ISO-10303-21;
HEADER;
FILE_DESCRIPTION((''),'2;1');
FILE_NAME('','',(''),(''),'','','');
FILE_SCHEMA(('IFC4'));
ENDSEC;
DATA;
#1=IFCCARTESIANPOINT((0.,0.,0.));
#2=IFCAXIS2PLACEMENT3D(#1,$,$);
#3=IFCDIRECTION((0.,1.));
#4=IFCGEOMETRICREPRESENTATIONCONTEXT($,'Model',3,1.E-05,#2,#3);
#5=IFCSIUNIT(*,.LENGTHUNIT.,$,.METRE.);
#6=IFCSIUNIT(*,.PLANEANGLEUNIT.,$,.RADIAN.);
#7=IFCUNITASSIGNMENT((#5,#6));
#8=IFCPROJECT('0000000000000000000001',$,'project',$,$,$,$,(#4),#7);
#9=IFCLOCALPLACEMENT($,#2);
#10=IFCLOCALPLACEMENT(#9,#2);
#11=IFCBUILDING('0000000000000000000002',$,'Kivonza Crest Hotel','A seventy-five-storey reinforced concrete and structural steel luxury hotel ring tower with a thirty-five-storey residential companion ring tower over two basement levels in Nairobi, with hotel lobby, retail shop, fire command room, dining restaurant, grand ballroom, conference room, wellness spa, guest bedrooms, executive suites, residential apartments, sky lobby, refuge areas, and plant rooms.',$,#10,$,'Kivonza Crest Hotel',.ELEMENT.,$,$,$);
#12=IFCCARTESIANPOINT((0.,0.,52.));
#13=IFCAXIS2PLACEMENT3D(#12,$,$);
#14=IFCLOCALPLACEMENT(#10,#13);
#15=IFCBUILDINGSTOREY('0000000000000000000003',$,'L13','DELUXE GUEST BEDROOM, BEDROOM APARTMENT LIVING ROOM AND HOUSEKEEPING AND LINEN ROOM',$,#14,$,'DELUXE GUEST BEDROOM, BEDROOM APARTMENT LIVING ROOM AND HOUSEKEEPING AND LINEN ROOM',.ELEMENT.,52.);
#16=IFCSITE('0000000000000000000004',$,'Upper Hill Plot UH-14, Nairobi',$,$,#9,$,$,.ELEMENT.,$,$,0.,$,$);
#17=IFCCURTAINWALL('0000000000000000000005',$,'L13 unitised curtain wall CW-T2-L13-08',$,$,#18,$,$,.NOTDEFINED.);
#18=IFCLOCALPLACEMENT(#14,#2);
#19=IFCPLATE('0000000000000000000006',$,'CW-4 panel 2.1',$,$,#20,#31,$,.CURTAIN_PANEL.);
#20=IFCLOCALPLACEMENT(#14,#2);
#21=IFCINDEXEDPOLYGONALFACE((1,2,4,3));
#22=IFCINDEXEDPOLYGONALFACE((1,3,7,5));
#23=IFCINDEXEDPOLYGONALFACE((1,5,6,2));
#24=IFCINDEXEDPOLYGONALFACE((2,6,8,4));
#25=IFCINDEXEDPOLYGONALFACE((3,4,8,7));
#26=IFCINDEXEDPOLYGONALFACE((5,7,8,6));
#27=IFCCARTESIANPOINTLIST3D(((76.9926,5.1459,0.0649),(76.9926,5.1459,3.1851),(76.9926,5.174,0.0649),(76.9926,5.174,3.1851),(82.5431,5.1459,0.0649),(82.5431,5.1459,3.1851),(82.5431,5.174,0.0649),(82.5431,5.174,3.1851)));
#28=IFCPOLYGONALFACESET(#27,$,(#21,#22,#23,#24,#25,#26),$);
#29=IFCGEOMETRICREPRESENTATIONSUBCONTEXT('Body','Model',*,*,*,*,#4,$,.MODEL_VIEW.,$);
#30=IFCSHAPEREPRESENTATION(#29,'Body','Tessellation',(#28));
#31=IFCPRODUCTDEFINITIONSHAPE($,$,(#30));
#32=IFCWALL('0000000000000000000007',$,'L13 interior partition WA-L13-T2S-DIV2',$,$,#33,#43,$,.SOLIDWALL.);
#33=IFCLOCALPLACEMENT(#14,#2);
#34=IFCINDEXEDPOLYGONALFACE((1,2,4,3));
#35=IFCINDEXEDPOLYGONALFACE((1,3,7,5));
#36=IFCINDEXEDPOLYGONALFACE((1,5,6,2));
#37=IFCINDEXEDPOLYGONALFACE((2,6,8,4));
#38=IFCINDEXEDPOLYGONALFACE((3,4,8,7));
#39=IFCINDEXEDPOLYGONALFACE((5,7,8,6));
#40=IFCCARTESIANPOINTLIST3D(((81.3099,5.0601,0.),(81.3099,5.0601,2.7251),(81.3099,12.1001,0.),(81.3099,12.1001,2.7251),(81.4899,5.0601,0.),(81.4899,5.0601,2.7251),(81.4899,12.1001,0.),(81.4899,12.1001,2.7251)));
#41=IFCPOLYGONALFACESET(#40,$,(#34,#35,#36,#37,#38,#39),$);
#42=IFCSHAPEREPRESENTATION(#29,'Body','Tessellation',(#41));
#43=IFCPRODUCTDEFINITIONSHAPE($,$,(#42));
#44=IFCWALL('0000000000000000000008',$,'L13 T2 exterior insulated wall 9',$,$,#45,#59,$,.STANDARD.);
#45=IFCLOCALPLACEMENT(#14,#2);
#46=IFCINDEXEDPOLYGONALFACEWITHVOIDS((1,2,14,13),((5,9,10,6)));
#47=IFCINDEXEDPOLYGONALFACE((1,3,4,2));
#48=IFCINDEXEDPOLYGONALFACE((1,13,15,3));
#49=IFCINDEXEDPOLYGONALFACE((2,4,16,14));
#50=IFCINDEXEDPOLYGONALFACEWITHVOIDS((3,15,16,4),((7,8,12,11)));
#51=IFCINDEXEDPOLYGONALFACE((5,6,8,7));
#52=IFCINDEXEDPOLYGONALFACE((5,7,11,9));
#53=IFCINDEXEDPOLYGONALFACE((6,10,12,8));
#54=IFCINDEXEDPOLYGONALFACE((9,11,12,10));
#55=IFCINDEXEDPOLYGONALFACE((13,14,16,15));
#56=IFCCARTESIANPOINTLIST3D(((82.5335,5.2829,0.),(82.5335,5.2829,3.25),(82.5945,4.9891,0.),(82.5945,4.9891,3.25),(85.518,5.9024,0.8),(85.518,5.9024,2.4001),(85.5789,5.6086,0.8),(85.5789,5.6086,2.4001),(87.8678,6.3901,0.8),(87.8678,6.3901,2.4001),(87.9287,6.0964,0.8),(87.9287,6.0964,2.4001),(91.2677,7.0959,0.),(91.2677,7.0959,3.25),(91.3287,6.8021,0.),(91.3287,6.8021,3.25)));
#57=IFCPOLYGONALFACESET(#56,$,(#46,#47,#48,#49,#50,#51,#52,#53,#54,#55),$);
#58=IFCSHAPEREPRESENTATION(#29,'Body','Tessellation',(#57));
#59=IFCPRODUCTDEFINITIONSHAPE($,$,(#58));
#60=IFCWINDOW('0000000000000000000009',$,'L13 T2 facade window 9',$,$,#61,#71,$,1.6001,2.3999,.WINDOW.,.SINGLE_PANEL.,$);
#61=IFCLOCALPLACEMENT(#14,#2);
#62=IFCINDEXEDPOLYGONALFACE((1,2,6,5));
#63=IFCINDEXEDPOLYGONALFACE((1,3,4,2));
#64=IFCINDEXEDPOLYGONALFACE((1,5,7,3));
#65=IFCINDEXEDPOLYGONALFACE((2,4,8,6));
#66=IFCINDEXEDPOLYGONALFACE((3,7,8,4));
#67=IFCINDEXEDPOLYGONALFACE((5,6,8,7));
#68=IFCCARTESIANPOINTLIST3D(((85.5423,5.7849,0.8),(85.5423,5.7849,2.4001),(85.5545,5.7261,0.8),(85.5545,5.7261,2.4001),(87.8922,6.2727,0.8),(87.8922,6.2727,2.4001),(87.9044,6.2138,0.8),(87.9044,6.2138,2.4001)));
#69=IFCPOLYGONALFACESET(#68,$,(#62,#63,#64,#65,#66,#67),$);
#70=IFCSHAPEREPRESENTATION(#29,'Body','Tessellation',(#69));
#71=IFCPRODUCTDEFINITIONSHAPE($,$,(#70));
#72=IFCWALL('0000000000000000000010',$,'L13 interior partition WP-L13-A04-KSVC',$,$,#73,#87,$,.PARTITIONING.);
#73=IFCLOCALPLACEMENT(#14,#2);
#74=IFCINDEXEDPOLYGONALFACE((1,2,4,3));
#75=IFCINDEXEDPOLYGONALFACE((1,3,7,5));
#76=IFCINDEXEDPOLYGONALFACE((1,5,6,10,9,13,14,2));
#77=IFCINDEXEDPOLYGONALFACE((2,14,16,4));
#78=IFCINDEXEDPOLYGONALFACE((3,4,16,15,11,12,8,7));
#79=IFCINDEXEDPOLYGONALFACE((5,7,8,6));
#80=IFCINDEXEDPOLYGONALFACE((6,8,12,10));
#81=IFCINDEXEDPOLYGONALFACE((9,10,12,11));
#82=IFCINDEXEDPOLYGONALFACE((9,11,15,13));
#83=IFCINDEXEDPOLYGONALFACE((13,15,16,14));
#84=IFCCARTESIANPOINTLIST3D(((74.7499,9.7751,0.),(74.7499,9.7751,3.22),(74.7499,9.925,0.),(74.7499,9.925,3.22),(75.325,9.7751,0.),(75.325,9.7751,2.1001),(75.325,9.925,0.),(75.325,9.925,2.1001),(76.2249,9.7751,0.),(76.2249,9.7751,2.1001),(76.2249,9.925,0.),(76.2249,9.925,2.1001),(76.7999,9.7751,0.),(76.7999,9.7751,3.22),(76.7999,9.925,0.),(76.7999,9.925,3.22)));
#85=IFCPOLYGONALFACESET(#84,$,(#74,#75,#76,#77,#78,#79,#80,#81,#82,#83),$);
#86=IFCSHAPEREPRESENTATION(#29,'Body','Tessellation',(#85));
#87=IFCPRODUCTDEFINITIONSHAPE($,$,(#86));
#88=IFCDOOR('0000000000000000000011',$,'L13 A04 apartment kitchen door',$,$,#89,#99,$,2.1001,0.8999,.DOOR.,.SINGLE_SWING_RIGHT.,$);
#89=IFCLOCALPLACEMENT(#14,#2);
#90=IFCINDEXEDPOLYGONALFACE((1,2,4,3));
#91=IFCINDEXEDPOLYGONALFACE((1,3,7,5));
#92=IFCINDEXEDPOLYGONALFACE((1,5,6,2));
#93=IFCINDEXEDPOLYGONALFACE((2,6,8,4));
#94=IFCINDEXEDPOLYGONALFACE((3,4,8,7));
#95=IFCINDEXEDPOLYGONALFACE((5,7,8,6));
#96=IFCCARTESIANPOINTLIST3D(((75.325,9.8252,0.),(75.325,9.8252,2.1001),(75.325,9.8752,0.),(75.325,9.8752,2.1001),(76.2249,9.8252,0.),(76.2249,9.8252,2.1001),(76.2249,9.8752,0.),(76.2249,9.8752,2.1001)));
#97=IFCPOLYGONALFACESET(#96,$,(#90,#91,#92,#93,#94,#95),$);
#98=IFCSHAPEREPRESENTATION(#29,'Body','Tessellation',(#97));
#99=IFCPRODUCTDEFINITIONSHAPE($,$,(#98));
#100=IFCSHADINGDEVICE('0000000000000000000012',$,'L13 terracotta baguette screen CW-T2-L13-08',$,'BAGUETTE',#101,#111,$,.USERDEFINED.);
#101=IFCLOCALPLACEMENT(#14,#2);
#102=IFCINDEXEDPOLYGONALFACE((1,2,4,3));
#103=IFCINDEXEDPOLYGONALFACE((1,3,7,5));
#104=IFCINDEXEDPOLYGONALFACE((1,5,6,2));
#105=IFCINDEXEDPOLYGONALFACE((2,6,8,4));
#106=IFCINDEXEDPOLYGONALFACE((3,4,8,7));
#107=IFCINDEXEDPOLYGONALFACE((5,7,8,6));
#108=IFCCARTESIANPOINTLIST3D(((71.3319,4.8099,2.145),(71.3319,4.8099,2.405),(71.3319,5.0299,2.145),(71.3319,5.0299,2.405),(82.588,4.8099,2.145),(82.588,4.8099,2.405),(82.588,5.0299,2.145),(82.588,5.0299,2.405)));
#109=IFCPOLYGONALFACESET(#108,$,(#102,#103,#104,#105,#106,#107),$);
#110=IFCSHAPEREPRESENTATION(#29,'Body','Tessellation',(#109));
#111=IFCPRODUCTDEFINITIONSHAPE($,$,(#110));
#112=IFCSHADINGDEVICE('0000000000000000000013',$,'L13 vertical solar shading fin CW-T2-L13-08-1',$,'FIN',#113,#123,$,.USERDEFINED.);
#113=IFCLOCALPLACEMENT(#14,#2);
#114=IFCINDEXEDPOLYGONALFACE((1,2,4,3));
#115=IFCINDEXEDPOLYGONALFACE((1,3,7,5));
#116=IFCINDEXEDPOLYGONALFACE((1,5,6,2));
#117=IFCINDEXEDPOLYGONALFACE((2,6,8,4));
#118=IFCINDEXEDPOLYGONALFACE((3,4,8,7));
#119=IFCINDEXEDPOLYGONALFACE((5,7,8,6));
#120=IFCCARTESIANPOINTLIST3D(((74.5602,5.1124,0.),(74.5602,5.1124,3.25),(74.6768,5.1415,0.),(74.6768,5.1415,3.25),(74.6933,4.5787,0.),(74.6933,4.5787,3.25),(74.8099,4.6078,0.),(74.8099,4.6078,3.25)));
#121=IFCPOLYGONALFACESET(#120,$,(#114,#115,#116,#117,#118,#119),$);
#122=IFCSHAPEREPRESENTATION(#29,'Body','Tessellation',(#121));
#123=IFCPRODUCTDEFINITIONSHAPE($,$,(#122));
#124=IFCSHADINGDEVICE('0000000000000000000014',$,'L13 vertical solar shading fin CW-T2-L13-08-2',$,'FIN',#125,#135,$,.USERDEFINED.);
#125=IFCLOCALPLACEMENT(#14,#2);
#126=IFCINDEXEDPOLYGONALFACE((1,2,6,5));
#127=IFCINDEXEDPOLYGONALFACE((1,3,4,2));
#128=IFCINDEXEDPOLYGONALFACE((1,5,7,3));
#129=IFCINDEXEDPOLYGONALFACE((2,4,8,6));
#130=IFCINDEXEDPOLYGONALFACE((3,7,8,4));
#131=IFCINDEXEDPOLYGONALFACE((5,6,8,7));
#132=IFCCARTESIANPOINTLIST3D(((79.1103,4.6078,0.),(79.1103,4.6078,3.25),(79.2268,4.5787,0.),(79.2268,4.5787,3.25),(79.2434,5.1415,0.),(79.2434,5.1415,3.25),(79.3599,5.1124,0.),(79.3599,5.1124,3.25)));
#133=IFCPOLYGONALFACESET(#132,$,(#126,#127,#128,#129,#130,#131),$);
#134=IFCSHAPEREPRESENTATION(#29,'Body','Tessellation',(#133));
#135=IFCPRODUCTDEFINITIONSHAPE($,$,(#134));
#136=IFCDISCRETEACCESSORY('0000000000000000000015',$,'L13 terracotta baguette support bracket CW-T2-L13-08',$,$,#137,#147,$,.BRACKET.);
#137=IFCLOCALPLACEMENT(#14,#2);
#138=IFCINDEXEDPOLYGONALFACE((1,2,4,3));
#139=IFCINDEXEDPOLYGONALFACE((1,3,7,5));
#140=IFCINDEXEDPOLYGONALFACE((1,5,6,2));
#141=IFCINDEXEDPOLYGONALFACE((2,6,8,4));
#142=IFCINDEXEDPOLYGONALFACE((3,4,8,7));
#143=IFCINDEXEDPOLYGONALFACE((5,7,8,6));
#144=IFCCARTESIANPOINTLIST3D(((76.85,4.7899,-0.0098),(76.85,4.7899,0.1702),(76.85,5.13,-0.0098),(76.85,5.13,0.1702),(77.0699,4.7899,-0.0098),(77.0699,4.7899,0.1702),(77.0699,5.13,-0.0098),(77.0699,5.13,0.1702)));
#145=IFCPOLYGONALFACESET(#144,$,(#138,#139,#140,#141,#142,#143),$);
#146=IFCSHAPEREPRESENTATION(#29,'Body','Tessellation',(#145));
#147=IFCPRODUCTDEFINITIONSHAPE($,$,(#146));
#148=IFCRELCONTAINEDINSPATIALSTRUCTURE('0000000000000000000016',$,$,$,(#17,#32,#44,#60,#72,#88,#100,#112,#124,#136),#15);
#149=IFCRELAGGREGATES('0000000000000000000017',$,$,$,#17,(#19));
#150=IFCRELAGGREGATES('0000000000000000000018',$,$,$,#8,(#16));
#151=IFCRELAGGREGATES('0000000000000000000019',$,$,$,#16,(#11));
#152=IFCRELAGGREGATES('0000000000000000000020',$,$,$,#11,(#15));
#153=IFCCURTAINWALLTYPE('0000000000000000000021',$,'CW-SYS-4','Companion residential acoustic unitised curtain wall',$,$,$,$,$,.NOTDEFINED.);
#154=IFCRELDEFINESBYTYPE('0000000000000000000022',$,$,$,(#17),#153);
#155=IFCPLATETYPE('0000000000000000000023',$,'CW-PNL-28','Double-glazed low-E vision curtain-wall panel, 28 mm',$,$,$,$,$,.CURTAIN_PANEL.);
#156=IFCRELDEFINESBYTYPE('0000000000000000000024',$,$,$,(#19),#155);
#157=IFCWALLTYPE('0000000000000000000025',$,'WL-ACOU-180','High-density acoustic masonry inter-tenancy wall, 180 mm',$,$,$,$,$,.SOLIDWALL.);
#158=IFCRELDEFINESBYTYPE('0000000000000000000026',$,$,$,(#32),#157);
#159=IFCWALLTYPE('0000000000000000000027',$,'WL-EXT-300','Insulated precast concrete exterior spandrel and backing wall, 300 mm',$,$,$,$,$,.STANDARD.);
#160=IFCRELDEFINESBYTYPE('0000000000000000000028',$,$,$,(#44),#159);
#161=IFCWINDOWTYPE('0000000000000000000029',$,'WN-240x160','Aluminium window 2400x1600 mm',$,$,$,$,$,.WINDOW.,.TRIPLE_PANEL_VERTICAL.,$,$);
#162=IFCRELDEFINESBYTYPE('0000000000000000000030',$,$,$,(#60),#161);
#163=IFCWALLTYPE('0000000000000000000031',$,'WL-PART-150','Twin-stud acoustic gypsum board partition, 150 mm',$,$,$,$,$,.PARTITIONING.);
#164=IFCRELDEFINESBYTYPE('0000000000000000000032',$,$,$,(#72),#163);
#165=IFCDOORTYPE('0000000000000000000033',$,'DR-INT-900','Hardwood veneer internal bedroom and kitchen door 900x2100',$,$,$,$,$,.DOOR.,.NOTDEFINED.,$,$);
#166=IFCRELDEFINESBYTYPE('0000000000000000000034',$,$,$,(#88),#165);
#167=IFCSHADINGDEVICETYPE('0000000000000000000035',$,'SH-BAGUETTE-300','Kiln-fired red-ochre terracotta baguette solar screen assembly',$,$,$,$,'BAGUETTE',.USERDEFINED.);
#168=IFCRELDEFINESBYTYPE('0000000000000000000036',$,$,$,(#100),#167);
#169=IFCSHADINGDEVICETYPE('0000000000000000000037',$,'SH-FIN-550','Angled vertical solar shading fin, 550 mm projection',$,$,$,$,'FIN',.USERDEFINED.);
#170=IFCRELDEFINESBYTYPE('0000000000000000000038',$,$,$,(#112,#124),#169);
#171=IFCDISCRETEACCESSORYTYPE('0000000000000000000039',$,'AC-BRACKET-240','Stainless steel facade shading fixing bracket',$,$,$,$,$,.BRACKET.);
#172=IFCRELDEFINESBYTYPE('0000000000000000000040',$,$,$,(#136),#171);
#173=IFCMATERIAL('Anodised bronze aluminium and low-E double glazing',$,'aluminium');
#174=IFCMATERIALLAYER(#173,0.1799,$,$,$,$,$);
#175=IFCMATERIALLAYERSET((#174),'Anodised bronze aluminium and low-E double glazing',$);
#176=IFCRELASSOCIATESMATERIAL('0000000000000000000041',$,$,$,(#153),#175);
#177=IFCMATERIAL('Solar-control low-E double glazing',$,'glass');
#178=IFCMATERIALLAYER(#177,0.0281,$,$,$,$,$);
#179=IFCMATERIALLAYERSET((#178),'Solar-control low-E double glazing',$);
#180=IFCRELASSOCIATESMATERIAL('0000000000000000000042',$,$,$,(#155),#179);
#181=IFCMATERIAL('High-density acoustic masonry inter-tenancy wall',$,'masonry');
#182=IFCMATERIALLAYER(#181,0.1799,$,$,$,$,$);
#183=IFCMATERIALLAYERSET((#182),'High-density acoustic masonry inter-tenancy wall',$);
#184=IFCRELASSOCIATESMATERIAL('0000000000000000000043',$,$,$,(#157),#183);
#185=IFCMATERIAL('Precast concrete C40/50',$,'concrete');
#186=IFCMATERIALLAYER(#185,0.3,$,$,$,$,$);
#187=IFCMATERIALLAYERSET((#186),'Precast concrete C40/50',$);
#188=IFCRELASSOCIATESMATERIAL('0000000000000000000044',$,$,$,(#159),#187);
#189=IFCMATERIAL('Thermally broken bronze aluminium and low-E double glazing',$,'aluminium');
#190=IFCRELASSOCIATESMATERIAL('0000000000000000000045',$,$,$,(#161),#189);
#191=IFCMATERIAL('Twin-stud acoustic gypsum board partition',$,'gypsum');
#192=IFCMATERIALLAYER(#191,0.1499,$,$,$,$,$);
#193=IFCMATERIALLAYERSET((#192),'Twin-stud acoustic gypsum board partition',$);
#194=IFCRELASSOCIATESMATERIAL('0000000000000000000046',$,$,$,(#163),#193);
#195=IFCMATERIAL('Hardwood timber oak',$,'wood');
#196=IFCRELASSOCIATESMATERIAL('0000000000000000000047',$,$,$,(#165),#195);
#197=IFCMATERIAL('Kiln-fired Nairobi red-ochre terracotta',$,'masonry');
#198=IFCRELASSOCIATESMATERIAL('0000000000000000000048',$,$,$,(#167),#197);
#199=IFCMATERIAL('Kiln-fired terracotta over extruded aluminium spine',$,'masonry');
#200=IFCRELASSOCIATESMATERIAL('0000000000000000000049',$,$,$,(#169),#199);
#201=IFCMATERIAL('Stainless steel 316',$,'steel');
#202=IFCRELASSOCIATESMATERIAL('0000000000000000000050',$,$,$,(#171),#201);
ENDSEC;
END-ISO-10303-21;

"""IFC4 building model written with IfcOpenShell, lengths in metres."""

from ifc_helpers import new_model, si_unit, direction, frame, frame_2d, origin, origin_2d, place, context, subcontext, project, spatial, rectangle, extrude, material, layer, layer_set, type_object, element, fill, aggregate, save


model = new_model("IFC4")

# Units and contexts
model_context = context("Model", 3, precision=1e-05, world=origin(), true_north=direction((0.0, 1.0)))
body_context = subcontext(model_context, "Body", "Model", "MODEL_VIEW")
ifc_project = project(units=[si_unit("LENGTHUNIT", "METRE"), si_unit("PLANEANGLEUNIT", "RADIAN")], contexts=[model_context])

# Site, building, storey
site_placement = place(None, origin())
site = spatial("IfcSite", under=ifc_project, at=site_placement, Name="Upper Hill Plot UH-14, Nairobi", CompositionType="ELEMENT", RefElevation=0.0)
building_placement = place(site_placement, origin())
building = spatial("IfcBuilding", under=site, at=building_placement, Name="Kivonza Crest Hotel", Description="A seventy-five-storey reinforced concrete and structural steel luxury hotel ring tower with a thirty-five-storey residential companion ring tower over two basement levels in Nairobi, with hotel lobby, retail shop, fire command room, dining restaurant, grand ballroom, conference room, wellness spa, guest bedrooms, executive suites, residential apartments, sky lobby, refuge areas, and plant rooms.", LongName="Kivonza Crest Hotel", CompositionType="ELEMENT")
storey_placement = place(building_placement, frame((0.0, 0.0, 52.0)))
storey = spatial("IfcBuildingStorey", under=building, at=storey_placement, Name="L13", Description="DELUXE GUEST BEDROOM, BEDROOM APARTMENT LIVING ROOM AND HOUSEKEEPING AND LINEN ROOM", LongName="DELUXE GUEST BEDROOM, BEDROOM APARTMENT LIVING ROOM AND HOUSEKEEPING AND LINEN ROOM", CompositionType="ELEMENT", Elevation=52.0)

# Curtain wall, plate
ifc_material_1 = material(Name="Anodised bronze aluminium and low-E double glazing", Category="aluminium")
ifc_layer_1 = layer(ifc_material_1, 0.1799)
ifc_layer_set_1 = layer_set([ifc_layer_1], Name="Anodised bronze aluminium and low-E double glazing")
curtain_wall_type = type_object("IfcCurtainWallType", Name="CW-SYS-4", Description="Companion residential acoustic unitised curtain wall", PredefinedType="NOTDEFINED", material=ifc_layer_set_1)
curtain_wall_placement = place(storey_placement, origin())
curtain_wall = element("IfcCurtainWall", 1, at=curtain_wall_placement, inside=storey, type_object=curtain_wall_type, Name="L13 unitised curtain wall CW-T2-L13-08", PredefinedType="NOTDEFINED")
ifc_material_2 = material(Name="Solar-control low-E double glazing", Category="glass")
ifc_layer_2 = layer(ifc_material_2, 0.0281)
ifc_layer_set_2 = layer_set([ifc_layer_2], Name="Solar-control low-E double glazing")
plate_type = type_object("IfcPlateType", Name="CW-PNL-28", Description="Double-glazed low-E vision curtain-wall panel, 28 mm", PredefinedType="CURTAIN_PANEL", material=ifc_layer_set_2)
plate_1_placement = place(storey_placement, frame((79.7678, 5.1599, 0.0649), z_axis=(0.0, 0.0, 1.0), x_axis=(1.0, 0.0, 0.0)))
plate_1 = element("IfcPlate", 2, at=plate_1_placement, type_object=plate_type, Name="CW-4 panel 2.1", PredefinedType="CURTAIN_PANEL", context=body_context, shape_type="SweptSolid", body=[
    extrude(rectangle(XDim=5.5505, YDim=0.0281, at=origin_2d()), origin(), (0.0, 0.0, 1.0), 3.1201),
])
aggregate(curtain_wall, [plate_1])

# Wall
ifc_material_3 = material(Name="High-density acoustic masonry inter-tenancy wall", Category="masonry")
ifc_layer_3 = layer(ifc_material_3, 0.1799)
ifc_layer_set_3 = layer_set([ifc_layer_3], Name="High-density acoustic masonry inter-tenancy wall")
wall_type_1 = type_object("IfcWallType", Name="WL-ACOU-180", Description="High-density acoustic masonry inter-tenancy wall, 180 mm", PredefinedType="SOLIDWALL", material=ifc_layer_set_3)
wall_1_placement = place(storey_placement, frame((81.3999, 5.0601, 0.0), z_axis=(0.0, 0.0, 1.0), x_axis=(0.0, 1.0, 0.0)))
element("IfcWall", 3, at=wall_1_placement, inside=storey, type_object=wall_type_1, Name="L13 interior partition WA-L13-T2S-DIV2", PredefinedType="SOLIDWALL", context=body_context, shape_type="SweptSolid", body=[
    extrude(rectangle(XDim=7.04, YDim=0.1799, at=frame_2d((3.52, 0.0))), origin(), (0.0, 0.0, 1.0), 2.7251),
])

# Wall, opening, window
ifc_material_4 = material(Name="Precast concrete C40/50", Category="concrete")
ifc_layer_4 = layer(ifc_material_4, 0.3)
ifc_layer_set_4 = layer_set([ifc_layer_4], Name="Precast concrete C40/50")
wall_type_2 = type_object("IfcWallType", Name="WL-EXT-300", Description="Insulated precast concrete exterior spandrel and backing wall, 300 mm", PredefinedType="STANDARD", material=ifc_layer_set_4)
wall_2_placement = place(storey_placement, frame((82.564, 5.136, 0.0), z_axis=(0.0, 0.0, 1.0), x_axis=(0.979128, 0.203243, 0.0)))
wall_2 = element("IfcWall", 4, at=wall_2_placement, inside=storey, type_object=wall_type_2, Name="L13 T2 exterior insulated wall 9", PredefinedType="STANDARD", context=body_context, shape_type="SweptSolid", body=[
    extrude(rectangle(XDim=8.9204, YDim=0.3, at=frame_2d((4.4602, 0.0))), origin(), (0.0, 0.0, 1.0), 3.25),
])
opening_1_placement = place(wall_2_placement, frame((3.0481, 0.0, 0.8)))
opening_1 = element("IfcOpeningElement", 5, at=opening_1_placement, cuts=wall_2, PredefinedType="OPENING", context=body_context, shape_type="SweptSolid", body=[
    extrude(rectangle(XDim=2.3999, YDim=1.6001, at=frame_2d((1.2, 0.8))), frame((0.0, 0.1602, 0.0), z_axis=(0.0, -1.0, 0.0), x_axis=(1.0, 0.0, 0.0)), (0.0, 0.0, 1.0), 0.3201),
])
ifc_material_5 = material(Name="Thermally broken bronze aluminium and low-E double glazing", Category="aluminium")
window_type = type_object("IfcWindowType", Name="WN-240x160", Description="Aluminium window 2400x1600 mm", PartitioningType="TRIPLE_PANEL_VERTICAL", PredefinedType="WINDOW", material=ifc_material_5)
window_placement = place(opening_1_placement, origin())
window = element("IfcWindow", 6, at=window_placement, inside=storey, type_object=window_type, Name="L13 T2 facade window 9", OverallHeight=1.6001, OverallWidth=2.3999, PartitioningType="SINGLE_PANEL", PredefinedType="WINDOW", context=body_context, shape_type="SweptSolid", body=[
    extrude(rectangle(XDim=2.3999, YDim=1.6001, at=frame_2d((1.2, 0.8))), frame((0.0, 0.03, 0.0), z_axis=(0.0, -1.0, 0.0), x_axis=(1.0, 0.0, 0.0)), (0.0, 0.0, 1.0), 0.0601),
])
fill(opening_1, window)

# Wall, opening, door
ifc_material_6 = material(Name="Twin-stud acoustic gypsum board partition", Category="gypsum")
ifc_layer_5 = layer(ifc_material_6, 0.1499)
ifc_layer_set_5 = layer_set([ifc_layer_5], Name="Twin-stud acoustic gypsum board partition")
wall_type_3 = type_object("IfcWallType", Name="WL-PART-150", Description="Twin-stud acoustic gypsum board partition, 150 mm", PredefinedType="PARTITIONING", material=ifc_layer_set_5)
wall_3_placement = place(storey_placement, frame((74.75, 9.8501, 0.0), z_axis=(0.0, 0.0, 1.0), x_axis=(1.0, 0.0, 0.0)))
wall_3 = element("IfcWall", 7, at=wall_3_placement, inside=storey, type_object=wall_type_3, Name="L13 interior partition WP-L13-A04-KSVC", PredefinedType="PARTITIONING", context=body_context, shape_type="SweptSolid", body=[
    extrude(rectangle(XDim=2.05, YDim=0.1499, at=frame_2d((1.0249, 0.0))), origin(), (0.0, 0.0, 1.0), 3.22),
])
opening_2_placement = place(wall_3_placement, frame((0.575, 0.0, 0.0)))
opening_2 = element("IfcOpeningElement", 8, at=opening_2_placement, cuts=wall_3, PredefinedType="OPENING", context=body_context, shape_type="SweptSolid", body=[
    extrude(rectangle(XDim=0.8999, YDim=2.1001, at=frame_2d((0.45, 1.05))), frame((0.0, 0.085, 0.0), z_axis=(0.0, -1.0, 0.0), x_axis=(1.0, 0.0, 0.0)), (0.0, 0.0, 1.0), 0.1699),
])
ifc_material_7 = material(Name="Hardwood timber oak", Category="wood")
door_type = type_object("IfcDoorType", Name="DR-INT-900", Description="Hardwood veneer internal bedroom and kitchen door 900x2100", OperationType="NOTDEFINED", PredefinedType="DOOR", material=ifc_material_7)
door_placement = place(opening_2_placement, frame((0.8999, 0.0, 0.0), z_axis=(0.0, 0.0, 1.0), x_axis=(-1.0, 0.0, 0.0)))
door = element("IfcDoor", 9, at=door_placement, inside=storey, type_object=door_type, Name="L13 A04 apartment kitchen door", OperationType="SINGLE_SWING_RIGHT", OverallHeight=2.1001, OverallWidth=0.8999, PredefinedType="DOOR", context=body_context, shape_type="SweptSolid", body=[
    extrude(rectangle(XDim=0.8999, YDim=2.1001, at=frame_2d((0.45, 1.05))), frame((0.0, 0.0249, 0.0), z_axis=(0.0, -1.0, 0.0), x_axis=(1.0, 0.0, 0.0)), (0.0, 0.0, 1.0), 0.05),
])
fill(opening_2, door)

# Shading devices
ifc_material_8 = material(Name="Kiln-fired Nairobi red-ochre terracotta", Category="masonry")
shading_device_type_1 = type_object("IfcShadingDeviceType", Name="SH-BAGUETTE-300", Description="Kiln-fired red-ochre terracotta baguette solar screen assembly", ElementType="BAGUETTE", PredefinedType="USERDEFINED", material=ifc_material_8)
shading_device_placement = place(storey_placement, frame((76.96, 4.9199, 2.145), z_axis=(0.0, 0.0, 1.0), x_axis=(1.0, 0.0, 0.0)))
element("IfcShadingDevice", 10, at=shading_device_placement, inside=storey, type_object=shading_device_type_1, Name="L13 terracotta baguette screen CW-T2-L13-08", ObjectType="BAGUETTE", PredefinedType="USERDEFINED", context=body_context, shape_type="SweptSolid", body=[
    extrude(rectangle(XDim=11.2561, YDim=0.22, at=origin_2d()), origin(), (0.0, 0.0, 1.0), 0.26),
])
ifc_material_9 = material(Name="Kiln-fired terracotta over extruded aluminium spine", Category="masonry")
shading_device_type_2 = type_object("IfcShadingDeviceType", Name="SH-FIN-550", Description="Angled vertical solar shading fin, 550 mm projection", ElementType="FIN", PredefinedType="USERDEFINED", material=ifc_material_9)
for number, where, z_axis, x_axis, name in (
    (11, (74.6851, 4.8601, 0.0), (0.0, 0.0, 1.0), (0.970296, 0.241922, 0.0), "L13 vertical solar shading fin CW-T2-L13-08-1"),
    (12, (79.2351, 4.8601, 0.0), (0.0, 0.0, 1.0), (0.970296, -0.241922, 0.0), "L13 vertical solar shading fin CW-T2-L13-08-2"),
):
    element("IfcShadingDevice", number, at=place(storey_placement, frame(where, z_axis=z_axis, x_axis=x_axis)), inside=storey, type_object=shading_device_type_2, Name=name, ObjectType="FIN", PredefinedType="USERDEFINED", context=body_context, shape_type="SweptSolid", body=[
        extrude(rectangle(XDim=0.1201, YDim=0.55, at=origin_2d()), origin(), (0.0, 0.0, 1.0), 3.25),
    ])

# Discrete accessory
ifc_material_10 = material(Name="Stainless steel 316", Category="steel")
discrete_accessory_type = type_object("IfcDiscreteAccessoryType", Name="AC-BRACKET-240", Description="Stainless steel facade shading fixing bracket", PredefinedType="BRACKET", material=ifc_material_10)
discrete_accessory_placement = place(storey_placement, frame((76.96, 4.96, -0.0098), z_axis=(0.0, 0.0, 1.0), x_axis=(1.0, 0.0, 0.0)))
element("IfcDiscreteAccessory", 13, at=discrete_accessory_placement, inside=storey, type_object=discrete_accessory_type, Name="L13 terracotta baguette support bracket CW-T2-L13-08", PredefinedType="BRACKET", context=body_context, shape_type="SweptSolid", body=[
    extrude(rectangle(XDim=0.22, YDim=0.3401, at=origin_2d()), origin(), (0.0, 0.0, 1.0), 0.1799),
])

save(model, "model.ifc")
